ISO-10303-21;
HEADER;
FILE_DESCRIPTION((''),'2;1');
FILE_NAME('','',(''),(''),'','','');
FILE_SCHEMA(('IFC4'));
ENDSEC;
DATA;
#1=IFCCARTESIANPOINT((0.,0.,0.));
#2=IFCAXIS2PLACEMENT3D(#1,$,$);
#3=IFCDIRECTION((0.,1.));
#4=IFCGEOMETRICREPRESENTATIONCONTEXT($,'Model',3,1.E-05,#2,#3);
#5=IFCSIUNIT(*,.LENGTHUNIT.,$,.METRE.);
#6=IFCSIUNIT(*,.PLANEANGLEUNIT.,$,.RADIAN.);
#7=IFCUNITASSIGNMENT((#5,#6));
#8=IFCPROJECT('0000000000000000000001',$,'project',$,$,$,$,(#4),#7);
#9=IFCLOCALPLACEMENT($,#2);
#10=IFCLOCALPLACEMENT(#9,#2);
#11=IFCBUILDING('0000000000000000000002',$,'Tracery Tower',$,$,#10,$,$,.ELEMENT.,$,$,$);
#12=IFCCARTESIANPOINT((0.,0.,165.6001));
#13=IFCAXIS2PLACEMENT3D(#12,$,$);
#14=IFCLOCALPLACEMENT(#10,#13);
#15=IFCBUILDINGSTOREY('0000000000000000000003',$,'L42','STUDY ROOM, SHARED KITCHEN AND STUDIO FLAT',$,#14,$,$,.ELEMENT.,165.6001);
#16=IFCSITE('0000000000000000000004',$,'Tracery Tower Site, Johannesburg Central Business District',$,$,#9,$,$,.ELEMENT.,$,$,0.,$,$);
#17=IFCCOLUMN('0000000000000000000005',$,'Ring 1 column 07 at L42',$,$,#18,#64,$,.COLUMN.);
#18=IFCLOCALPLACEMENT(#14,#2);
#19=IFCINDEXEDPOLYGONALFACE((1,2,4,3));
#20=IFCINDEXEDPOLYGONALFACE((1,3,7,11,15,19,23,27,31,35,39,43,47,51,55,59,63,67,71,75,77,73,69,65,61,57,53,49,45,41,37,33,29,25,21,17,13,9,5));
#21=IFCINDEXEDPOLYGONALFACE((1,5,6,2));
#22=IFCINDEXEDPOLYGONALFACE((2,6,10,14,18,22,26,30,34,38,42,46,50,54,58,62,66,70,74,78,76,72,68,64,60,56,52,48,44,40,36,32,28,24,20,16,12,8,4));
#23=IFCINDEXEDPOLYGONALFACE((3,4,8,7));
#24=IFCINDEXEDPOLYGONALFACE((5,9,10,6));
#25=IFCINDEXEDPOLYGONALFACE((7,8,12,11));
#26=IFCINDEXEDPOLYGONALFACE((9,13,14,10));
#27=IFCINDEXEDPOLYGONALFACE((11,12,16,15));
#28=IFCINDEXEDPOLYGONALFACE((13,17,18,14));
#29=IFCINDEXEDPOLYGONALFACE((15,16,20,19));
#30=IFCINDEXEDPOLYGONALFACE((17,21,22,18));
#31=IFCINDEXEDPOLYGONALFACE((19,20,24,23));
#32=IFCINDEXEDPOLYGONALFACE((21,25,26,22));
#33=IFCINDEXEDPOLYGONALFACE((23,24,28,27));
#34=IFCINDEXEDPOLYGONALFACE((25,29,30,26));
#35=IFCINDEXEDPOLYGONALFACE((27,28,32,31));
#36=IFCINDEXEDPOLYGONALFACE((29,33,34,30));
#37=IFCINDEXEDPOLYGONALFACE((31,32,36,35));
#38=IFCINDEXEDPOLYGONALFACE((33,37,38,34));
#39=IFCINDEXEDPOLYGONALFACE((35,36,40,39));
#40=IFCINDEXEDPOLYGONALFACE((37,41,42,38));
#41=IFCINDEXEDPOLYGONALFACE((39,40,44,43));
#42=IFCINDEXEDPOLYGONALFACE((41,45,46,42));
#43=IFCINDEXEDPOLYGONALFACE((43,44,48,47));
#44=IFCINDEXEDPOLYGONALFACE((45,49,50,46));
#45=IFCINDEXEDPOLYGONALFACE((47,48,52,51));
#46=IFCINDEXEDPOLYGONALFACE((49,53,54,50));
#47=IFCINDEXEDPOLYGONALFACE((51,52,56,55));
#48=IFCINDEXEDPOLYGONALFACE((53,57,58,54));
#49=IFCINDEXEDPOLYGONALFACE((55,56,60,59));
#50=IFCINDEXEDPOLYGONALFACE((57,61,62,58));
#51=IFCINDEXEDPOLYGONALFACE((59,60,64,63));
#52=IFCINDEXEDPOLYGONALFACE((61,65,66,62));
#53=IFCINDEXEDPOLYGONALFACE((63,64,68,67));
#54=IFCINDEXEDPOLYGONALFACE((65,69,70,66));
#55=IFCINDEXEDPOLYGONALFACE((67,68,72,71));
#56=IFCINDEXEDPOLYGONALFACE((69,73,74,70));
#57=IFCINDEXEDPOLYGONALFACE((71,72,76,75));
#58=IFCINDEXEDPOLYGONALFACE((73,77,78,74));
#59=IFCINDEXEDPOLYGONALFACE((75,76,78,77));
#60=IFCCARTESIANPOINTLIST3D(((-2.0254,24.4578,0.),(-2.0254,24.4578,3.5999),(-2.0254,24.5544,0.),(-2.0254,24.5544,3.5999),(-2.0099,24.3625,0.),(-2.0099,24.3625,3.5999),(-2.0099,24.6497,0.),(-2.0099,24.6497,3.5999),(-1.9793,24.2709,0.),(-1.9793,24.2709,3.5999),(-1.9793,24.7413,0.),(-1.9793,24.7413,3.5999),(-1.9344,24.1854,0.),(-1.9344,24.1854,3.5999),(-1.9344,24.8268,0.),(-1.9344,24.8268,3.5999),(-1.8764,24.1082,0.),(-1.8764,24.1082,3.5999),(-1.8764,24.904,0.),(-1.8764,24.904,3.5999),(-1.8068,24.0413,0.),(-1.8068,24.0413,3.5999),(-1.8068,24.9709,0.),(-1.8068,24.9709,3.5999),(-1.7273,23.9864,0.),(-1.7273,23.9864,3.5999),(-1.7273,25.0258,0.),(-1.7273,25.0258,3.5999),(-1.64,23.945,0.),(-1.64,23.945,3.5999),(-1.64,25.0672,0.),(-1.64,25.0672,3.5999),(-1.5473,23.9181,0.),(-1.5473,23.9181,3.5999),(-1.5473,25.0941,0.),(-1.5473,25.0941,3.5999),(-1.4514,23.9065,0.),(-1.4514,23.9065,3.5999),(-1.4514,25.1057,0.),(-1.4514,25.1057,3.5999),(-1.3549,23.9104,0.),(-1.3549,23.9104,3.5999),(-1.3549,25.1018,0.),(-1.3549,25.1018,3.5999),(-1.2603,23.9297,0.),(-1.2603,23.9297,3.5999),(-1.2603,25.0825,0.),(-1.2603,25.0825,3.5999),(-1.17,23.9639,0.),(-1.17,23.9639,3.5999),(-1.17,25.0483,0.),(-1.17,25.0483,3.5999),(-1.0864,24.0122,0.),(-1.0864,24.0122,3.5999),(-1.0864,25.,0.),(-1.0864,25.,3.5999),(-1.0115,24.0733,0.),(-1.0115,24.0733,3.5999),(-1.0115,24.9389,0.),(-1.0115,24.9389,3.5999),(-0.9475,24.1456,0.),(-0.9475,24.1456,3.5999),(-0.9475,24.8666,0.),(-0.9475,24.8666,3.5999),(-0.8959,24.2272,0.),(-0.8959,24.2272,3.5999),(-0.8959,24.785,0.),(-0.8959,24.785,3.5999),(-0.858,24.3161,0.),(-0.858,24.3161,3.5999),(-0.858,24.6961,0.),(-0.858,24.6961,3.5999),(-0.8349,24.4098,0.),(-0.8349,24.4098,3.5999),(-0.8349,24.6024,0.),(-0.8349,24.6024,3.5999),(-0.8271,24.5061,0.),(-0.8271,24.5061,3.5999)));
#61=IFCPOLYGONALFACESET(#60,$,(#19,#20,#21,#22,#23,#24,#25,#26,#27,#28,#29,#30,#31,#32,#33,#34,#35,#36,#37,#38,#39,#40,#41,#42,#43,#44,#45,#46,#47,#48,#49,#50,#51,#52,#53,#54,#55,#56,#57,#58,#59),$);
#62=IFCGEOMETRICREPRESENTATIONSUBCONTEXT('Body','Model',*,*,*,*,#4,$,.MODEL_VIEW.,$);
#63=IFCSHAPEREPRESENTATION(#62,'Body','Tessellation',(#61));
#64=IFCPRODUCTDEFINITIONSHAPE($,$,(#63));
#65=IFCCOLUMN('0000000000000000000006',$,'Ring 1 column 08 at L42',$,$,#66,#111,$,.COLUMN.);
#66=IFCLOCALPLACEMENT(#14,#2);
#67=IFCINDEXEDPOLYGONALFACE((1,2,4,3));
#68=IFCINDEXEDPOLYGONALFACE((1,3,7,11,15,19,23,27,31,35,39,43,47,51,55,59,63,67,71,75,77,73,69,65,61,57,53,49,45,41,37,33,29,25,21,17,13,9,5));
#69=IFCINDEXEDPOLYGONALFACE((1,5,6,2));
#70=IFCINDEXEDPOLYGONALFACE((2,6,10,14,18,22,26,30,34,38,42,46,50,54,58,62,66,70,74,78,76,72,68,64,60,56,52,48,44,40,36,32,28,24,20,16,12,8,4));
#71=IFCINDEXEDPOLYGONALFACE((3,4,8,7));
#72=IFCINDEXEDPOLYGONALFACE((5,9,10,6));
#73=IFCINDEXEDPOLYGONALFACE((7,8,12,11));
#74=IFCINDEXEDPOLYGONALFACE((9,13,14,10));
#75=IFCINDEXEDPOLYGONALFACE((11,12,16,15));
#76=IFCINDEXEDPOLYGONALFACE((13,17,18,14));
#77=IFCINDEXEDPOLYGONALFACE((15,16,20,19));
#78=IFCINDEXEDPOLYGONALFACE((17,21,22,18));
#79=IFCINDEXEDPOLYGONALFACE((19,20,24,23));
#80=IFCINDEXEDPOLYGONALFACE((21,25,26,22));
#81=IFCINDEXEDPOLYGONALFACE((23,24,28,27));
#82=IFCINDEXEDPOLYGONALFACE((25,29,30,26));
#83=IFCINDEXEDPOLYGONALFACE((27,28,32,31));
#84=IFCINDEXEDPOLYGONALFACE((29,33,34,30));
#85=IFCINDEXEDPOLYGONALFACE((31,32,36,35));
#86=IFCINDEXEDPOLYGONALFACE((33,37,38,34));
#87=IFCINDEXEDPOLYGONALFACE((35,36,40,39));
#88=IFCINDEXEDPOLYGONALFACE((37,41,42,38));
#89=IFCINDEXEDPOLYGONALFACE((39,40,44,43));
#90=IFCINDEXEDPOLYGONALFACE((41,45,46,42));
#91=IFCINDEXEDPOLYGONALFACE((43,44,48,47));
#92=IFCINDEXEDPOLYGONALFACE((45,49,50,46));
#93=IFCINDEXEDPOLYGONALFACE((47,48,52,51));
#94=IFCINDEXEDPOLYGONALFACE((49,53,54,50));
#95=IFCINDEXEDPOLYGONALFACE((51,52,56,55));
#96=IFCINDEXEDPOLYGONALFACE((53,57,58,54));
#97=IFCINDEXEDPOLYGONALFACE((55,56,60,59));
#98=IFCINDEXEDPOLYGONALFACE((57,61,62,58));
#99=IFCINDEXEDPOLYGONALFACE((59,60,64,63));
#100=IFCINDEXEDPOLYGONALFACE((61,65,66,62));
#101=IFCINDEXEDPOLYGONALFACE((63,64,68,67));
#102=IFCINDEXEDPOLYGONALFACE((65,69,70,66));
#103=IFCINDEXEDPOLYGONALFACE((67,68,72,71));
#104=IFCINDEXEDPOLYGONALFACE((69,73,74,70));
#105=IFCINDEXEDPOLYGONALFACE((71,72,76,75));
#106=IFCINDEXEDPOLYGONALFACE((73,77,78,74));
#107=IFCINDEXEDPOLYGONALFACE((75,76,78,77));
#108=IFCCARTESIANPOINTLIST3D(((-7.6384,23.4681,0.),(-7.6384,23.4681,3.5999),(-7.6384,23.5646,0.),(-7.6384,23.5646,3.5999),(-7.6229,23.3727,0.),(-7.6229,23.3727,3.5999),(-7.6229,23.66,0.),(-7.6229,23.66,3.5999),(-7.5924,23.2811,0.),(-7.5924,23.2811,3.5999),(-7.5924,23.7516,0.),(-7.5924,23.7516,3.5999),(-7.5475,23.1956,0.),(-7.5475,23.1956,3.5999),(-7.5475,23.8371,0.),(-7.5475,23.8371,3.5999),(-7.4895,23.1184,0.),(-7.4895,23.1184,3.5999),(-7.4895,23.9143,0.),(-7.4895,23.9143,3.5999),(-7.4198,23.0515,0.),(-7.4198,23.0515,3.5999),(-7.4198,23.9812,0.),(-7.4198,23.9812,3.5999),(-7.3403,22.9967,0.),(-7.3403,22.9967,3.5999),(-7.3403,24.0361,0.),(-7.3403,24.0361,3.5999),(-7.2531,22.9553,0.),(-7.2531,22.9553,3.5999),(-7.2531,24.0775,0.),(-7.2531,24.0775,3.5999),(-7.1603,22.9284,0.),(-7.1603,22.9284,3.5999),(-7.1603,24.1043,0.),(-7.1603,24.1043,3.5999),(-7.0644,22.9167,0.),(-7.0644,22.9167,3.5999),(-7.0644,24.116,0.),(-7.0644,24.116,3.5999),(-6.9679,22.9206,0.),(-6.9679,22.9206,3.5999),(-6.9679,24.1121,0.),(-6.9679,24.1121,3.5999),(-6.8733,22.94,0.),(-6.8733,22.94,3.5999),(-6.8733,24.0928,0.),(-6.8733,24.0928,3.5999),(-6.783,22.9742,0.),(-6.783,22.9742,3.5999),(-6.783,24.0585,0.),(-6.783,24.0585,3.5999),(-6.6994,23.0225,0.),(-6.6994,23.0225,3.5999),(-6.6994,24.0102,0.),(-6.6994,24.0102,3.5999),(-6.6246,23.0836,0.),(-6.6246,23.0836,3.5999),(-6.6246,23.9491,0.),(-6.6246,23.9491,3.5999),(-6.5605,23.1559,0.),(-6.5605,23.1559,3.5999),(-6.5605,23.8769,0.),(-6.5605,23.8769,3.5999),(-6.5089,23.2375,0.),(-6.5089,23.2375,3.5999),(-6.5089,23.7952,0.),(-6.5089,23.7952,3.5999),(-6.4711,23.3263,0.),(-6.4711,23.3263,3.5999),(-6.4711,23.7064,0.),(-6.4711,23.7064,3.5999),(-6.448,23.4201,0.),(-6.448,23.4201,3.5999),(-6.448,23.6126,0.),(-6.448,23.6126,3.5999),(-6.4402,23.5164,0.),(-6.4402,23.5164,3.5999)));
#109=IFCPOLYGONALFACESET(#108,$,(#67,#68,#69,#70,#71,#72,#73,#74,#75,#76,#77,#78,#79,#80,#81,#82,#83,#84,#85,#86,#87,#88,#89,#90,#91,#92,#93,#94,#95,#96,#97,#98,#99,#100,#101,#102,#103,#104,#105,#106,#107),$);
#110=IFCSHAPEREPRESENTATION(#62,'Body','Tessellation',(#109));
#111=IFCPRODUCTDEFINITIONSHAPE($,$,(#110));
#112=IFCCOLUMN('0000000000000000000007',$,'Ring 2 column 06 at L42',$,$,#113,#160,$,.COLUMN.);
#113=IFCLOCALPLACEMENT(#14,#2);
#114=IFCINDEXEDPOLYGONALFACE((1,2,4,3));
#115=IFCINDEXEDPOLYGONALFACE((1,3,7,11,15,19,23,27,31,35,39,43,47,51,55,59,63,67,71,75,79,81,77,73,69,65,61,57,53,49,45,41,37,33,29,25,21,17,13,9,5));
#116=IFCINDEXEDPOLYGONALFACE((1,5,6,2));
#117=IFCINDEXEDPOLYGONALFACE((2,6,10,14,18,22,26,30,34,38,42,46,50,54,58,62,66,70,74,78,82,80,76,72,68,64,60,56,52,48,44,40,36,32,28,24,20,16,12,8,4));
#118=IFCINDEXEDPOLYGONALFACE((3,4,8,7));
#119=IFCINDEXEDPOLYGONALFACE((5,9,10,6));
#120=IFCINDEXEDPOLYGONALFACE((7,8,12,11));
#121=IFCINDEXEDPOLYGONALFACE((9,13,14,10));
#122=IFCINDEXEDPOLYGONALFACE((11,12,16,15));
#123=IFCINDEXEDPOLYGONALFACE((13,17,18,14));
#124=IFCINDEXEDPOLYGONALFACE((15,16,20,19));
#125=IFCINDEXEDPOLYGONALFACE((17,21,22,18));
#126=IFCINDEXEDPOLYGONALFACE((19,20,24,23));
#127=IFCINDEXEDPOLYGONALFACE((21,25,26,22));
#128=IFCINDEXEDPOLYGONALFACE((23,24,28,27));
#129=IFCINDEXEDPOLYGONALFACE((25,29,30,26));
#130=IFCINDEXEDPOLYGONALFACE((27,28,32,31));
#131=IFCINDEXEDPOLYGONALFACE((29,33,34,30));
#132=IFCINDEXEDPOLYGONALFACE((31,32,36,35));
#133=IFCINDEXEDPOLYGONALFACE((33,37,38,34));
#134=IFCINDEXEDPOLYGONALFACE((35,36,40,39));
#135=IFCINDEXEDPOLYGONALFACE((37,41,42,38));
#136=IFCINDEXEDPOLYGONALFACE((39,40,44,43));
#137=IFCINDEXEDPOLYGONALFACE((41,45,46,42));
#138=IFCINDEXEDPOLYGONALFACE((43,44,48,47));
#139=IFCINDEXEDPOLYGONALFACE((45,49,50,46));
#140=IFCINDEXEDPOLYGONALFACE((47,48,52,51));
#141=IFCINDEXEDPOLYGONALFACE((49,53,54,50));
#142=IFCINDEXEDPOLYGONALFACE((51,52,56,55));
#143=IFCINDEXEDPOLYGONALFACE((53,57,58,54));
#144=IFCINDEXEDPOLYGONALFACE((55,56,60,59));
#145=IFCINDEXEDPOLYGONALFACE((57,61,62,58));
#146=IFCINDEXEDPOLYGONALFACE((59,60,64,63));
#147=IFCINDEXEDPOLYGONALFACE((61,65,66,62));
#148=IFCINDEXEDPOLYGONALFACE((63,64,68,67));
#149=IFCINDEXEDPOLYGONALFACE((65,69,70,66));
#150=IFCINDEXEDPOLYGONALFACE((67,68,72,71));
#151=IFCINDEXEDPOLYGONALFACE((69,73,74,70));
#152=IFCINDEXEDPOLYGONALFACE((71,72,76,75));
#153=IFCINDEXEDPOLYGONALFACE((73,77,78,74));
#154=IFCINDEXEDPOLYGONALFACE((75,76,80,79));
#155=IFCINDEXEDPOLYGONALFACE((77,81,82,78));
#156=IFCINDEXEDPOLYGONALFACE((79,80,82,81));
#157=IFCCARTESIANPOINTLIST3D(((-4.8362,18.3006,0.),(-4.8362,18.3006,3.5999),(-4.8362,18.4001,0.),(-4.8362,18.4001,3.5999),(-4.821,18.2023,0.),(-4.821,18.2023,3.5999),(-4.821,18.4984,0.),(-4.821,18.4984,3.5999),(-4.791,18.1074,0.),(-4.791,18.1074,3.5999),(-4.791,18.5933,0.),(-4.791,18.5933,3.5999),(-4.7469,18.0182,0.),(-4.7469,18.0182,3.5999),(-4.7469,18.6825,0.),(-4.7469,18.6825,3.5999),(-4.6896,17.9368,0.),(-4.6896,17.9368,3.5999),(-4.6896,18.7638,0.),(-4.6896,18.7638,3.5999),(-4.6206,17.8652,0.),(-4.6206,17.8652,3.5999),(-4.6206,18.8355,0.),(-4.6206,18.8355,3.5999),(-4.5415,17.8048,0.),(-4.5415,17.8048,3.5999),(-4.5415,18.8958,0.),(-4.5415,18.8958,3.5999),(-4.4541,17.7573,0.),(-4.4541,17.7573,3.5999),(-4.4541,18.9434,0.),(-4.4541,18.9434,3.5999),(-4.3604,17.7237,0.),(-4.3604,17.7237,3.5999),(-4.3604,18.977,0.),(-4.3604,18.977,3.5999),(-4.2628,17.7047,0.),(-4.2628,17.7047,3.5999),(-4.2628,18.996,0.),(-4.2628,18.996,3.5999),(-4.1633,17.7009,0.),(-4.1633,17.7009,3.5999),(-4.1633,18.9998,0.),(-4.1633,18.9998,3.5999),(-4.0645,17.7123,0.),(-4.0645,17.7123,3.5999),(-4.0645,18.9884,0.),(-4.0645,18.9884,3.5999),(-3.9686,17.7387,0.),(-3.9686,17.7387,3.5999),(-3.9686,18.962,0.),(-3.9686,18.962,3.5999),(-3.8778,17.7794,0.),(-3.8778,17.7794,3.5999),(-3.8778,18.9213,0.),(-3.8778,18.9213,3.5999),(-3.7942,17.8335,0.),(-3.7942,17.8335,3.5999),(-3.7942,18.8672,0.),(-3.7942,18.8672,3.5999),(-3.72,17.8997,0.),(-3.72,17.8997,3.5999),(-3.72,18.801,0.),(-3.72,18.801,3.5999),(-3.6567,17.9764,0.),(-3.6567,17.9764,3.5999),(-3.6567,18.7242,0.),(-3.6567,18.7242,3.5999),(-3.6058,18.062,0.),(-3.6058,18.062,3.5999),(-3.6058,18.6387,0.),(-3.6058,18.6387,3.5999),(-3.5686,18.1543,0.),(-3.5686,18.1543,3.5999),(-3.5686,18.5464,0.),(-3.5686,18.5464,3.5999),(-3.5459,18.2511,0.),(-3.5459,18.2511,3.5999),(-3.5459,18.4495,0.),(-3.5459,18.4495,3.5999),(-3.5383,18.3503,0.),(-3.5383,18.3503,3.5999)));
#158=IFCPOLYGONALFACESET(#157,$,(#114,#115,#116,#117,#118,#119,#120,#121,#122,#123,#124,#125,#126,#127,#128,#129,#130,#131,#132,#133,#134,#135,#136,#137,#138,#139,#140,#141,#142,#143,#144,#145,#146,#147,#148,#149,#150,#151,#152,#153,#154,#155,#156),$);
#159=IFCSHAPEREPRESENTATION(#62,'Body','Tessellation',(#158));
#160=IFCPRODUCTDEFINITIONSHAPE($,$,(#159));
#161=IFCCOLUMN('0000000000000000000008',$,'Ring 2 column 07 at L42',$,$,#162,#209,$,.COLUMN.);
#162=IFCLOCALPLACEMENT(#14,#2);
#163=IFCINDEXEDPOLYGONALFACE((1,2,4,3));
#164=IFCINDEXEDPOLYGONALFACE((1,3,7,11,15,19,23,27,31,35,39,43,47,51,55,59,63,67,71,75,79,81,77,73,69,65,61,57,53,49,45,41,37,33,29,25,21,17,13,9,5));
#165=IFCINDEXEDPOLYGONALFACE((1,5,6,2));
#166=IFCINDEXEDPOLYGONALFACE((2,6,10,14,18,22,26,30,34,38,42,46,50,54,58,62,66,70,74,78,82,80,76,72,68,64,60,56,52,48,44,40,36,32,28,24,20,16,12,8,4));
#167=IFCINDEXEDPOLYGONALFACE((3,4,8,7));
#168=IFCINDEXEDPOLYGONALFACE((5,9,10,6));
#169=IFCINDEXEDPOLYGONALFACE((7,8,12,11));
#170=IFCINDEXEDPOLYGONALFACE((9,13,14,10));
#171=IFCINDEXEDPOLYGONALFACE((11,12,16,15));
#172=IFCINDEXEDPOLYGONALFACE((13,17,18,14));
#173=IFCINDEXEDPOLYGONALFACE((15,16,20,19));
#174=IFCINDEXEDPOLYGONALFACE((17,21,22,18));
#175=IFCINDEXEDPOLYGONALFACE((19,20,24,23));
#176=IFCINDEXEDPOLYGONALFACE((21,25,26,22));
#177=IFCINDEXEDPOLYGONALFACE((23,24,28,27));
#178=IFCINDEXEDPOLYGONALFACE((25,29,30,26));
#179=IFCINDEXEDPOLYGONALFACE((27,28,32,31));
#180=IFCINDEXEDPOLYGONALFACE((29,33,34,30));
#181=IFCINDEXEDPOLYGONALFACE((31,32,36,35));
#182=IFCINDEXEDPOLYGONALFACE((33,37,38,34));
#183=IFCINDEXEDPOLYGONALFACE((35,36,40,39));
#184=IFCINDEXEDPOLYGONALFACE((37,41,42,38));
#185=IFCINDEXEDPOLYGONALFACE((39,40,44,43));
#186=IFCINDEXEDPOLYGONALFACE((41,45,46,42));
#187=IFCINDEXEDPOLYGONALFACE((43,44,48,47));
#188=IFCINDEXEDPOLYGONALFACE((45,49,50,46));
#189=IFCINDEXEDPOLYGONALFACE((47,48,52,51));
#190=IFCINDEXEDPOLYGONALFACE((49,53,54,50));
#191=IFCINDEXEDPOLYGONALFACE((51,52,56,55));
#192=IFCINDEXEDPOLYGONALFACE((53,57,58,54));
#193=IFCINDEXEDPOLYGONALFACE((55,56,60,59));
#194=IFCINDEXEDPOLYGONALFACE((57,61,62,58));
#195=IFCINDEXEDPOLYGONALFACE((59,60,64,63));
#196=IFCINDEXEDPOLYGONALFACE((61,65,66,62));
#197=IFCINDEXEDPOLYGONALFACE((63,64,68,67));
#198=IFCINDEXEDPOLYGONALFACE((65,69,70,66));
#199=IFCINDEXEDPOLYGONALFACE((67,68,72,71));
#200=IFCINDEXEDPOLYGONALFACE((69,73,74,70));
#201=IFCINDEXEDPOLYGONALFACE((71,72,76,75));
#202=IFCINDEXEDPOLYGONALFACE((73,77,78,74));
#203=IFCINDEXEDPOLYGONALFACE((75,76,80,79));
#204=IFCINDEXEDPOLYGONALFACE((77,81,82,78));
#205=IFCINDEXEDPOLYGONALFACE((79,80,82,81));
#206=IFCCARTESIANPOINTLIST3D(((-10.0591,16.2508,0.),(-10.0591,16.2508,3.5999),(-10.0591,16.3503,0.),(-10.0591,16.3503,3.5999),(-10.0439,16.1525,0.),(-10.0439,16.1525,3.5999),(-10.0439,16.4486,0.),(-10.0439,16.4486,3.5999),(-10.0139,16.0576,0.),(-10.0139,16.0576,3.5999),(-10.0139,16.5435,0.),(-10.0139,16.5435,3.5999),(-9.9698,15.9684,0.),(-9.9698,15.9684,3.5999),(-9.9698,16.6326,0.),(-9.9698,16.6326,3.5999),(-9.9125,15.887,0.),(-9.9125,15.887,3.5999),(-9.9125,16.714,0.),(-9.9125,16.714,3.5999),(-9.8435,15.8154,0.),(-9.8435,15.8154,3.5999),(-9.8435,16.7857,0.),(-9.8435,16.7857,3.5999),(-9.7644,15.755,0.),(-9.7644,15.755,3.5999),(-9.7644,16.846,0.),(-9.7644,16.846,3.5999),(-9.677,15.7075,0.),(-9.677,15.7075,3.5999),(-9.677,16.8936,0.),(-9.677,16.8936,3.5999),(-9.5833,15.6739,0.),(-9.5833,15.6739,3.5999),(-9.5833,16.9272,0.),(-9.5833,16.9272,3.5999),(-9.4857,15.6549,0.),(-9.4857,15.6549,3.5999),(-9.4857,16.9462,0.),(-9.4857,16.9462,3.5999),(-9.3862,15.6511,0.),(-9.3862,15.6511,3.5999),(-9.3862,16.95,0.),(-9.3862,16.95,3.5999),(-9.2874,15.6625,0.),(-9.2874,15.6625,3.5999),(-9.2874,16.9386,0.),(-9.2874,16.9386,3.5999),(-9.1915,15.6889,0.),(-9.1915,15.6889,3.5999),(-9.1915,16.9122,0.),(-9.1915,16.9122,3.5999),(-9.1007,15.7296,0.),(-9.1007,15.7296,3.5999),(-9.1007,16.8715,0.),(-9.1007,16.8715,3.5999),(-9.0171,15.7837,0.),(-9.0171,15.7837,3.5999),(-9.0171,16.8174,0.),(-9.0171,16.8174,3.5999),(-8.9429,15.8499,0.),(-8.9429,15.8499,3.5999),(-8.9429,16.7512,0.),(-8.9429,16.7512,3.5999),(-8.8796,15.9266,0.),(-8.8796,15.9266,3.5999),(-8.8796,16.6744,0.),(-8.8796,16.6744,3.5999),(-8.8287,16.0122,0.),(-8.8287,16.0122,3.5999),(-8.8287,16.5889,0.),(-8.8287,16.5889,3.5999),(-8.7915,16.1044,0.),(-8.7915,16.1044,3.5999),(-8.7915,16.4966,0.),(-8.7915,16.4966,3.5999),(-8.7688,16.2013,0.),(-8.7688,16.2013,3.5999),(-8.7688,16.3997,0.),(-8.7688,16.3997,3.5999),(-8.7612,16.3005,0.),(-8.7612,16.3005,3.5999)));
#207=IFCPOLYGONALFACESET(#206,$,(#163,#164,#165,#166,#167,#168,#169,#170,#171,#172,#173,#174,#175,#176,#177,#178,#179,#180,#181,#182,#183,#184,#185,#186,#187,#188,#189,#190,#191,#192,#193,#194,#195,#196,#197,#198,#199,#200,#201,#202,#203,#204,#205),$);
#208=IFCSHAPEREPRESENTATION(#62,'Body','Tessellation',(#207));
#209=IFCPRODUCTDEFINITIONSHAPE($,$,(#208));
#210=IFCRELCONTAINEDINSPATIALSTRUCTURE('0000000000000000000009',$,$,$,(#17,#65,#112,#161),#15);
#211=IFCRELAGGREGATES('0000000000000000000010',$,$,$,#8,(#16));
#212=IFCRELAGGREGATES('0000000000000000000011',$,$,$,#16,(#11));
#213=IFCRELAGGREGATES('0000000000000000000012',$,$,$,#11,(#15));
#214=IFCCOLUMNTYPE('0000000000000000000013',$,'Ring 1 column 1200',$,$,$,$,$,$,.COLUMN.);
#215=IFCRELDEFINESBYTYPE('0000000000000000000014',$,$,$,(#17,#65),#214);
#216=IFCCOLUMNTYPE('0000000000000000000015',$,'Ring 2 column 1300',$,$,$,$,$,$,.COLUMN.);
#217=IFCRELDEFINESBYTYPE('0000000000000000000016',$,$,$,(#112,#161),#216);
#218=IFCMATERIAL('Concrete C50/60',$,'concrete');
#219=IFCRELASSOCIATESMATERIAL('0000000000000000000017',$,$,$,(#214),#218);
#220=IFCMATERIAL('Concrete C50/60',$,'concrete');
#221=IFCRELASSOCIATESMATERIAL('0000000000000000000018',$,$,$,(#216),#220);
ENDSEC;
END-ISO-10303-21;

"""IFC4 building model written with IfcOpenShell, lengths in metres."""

from ifc_helpers import new_model, si_unit, direction, frame, origin, origin_2d, place, context, subcontext, project, spatial, circle, extrude, material, material_profile, profile_set, type_object, element, save


model = new_model("IFC4")

# Units and contexts
model_context = context("Model", 3, precision=1e-05, world=origin(), true_north=direction((0.0, 1.0)))
body_context = subcontext(model_context, "Body", "Model", "MODEL_VIEW")
ifc_project = project(units=[si_unit("LENGTHUNIT", "METRE"), si_unit("PLANEANGLEUNIT", "RADIAN")], contexts=[model_context])

# Site, building, storey
site_placement = place(None, origin())
site = spatial("IfcSite", under=ifc_project, at=site_placement, Name="Tracery Tower Site, Johannesburg Central Business District", CompositionType="ELEMENT", RefElevation=0.0)
building_placement = place(site_placement, origin())
building = spatial("IfcBuilding", under=site, at=building_placement, Name="Tracery Tower", CompositionType="ELEMENT")
storey_placement = place(building_placement, frame((0.0, 0.0, 165.6001)))
storey = spatial("IfcBuildingStorey", under=building, at=storey_placement, Name="L42", Description="STUDY ROOM, SHARED KITCHEN AND STUDIO FLAT", CompositionType="ELEMENT", Elevation=165.6001)

# Columns
ifc_material_1 = material(Name="Concrete C50/60", Category="concrete")
ifc_material_profile_1 = material_profile(ifc_material_1, circle(Radius=0.6001, at=origin_2d()), Name="RC D1200")
ifc_profile_set_1 = profile_set([ifc_material_profile_1], Name="Concrete C50/60")
column_type_1 = type_object("IfcColumnType", Name="Ring 1 column 1200", PredefinedType="COLUMN", material=ifc_profile_set_1)
for number, where, z_axis, x_axis, name in (
    (1, (-1.4272, 24.5061, 0.0), (0.0, 0.0, 1.0), (1.0, 0.0, 0.0), "Ring 1 column 07 at L42"),
    (2, (-7.0403, 23.5164, 0.0), (0.0, 0.0, 1.0), (1.0, 0.0, 0.0), "Ring 1 column 08 at L42"),
):
    element("IfcColumn", number, at=place(storey_placement, frame(where, z_axis=z_axis, x_axis=x_axis)), inside=storey, type_object=column_type_1, Name=name, PredefinedType="COLUMN", context=body_context, shape_type="SweptSolid", body=[
        extrude(circle(Radius=0.6001, at=origin_2d()), origin(), (0.0, 0.0, 1.0), 3.5999),
    ])
ifc_material_2 = material(Name="Concrete C50/60", Category="concrete")
ifc_material_profile_2 = material_profile(ifc_material_2, circle(Radius=0.6499, at=origin_2d()), Name="RC D1300")
ifc_profile_set_2 = profile_set([ifc_material_profile_2], Name="Concrete C50/60")
column_type_2 = type_object("IfcColumnType", Name="Ring 2 column 1300", PredefinedType="COLUMN", material=ifc_profile_set_2)
for number, where, z_axis, x_axis, name in (
    (3, (-4.1882, 18.3503, 0.0), (0.0, 0.0, 1.0), (1.0, 0.0, 0.0), "Ring 2 column 06 at L42"),
    (4, (-9.4111, 16.3005, 0.0), (0.0, 0.0, 1.0), (1.0, 0.0, 0.0), "Ring 2 column 07 at L42"),
):
    element("IfcColumn", number, at=place(storey_placement, frame(where, z_axis=z_axis, x_axis=x_axis)), inside=storey, type_object=column_type_2, Name=name, PredefinedType="COLUMN", context=body_context, shape_type="SweptSolid", body=[
        extrude(circle(Radius=0.6499, at=origin_2d()), origin(), (0.0, 0.0, 1.0), 3.5999),
    ])

save(model, "model.ifc")
